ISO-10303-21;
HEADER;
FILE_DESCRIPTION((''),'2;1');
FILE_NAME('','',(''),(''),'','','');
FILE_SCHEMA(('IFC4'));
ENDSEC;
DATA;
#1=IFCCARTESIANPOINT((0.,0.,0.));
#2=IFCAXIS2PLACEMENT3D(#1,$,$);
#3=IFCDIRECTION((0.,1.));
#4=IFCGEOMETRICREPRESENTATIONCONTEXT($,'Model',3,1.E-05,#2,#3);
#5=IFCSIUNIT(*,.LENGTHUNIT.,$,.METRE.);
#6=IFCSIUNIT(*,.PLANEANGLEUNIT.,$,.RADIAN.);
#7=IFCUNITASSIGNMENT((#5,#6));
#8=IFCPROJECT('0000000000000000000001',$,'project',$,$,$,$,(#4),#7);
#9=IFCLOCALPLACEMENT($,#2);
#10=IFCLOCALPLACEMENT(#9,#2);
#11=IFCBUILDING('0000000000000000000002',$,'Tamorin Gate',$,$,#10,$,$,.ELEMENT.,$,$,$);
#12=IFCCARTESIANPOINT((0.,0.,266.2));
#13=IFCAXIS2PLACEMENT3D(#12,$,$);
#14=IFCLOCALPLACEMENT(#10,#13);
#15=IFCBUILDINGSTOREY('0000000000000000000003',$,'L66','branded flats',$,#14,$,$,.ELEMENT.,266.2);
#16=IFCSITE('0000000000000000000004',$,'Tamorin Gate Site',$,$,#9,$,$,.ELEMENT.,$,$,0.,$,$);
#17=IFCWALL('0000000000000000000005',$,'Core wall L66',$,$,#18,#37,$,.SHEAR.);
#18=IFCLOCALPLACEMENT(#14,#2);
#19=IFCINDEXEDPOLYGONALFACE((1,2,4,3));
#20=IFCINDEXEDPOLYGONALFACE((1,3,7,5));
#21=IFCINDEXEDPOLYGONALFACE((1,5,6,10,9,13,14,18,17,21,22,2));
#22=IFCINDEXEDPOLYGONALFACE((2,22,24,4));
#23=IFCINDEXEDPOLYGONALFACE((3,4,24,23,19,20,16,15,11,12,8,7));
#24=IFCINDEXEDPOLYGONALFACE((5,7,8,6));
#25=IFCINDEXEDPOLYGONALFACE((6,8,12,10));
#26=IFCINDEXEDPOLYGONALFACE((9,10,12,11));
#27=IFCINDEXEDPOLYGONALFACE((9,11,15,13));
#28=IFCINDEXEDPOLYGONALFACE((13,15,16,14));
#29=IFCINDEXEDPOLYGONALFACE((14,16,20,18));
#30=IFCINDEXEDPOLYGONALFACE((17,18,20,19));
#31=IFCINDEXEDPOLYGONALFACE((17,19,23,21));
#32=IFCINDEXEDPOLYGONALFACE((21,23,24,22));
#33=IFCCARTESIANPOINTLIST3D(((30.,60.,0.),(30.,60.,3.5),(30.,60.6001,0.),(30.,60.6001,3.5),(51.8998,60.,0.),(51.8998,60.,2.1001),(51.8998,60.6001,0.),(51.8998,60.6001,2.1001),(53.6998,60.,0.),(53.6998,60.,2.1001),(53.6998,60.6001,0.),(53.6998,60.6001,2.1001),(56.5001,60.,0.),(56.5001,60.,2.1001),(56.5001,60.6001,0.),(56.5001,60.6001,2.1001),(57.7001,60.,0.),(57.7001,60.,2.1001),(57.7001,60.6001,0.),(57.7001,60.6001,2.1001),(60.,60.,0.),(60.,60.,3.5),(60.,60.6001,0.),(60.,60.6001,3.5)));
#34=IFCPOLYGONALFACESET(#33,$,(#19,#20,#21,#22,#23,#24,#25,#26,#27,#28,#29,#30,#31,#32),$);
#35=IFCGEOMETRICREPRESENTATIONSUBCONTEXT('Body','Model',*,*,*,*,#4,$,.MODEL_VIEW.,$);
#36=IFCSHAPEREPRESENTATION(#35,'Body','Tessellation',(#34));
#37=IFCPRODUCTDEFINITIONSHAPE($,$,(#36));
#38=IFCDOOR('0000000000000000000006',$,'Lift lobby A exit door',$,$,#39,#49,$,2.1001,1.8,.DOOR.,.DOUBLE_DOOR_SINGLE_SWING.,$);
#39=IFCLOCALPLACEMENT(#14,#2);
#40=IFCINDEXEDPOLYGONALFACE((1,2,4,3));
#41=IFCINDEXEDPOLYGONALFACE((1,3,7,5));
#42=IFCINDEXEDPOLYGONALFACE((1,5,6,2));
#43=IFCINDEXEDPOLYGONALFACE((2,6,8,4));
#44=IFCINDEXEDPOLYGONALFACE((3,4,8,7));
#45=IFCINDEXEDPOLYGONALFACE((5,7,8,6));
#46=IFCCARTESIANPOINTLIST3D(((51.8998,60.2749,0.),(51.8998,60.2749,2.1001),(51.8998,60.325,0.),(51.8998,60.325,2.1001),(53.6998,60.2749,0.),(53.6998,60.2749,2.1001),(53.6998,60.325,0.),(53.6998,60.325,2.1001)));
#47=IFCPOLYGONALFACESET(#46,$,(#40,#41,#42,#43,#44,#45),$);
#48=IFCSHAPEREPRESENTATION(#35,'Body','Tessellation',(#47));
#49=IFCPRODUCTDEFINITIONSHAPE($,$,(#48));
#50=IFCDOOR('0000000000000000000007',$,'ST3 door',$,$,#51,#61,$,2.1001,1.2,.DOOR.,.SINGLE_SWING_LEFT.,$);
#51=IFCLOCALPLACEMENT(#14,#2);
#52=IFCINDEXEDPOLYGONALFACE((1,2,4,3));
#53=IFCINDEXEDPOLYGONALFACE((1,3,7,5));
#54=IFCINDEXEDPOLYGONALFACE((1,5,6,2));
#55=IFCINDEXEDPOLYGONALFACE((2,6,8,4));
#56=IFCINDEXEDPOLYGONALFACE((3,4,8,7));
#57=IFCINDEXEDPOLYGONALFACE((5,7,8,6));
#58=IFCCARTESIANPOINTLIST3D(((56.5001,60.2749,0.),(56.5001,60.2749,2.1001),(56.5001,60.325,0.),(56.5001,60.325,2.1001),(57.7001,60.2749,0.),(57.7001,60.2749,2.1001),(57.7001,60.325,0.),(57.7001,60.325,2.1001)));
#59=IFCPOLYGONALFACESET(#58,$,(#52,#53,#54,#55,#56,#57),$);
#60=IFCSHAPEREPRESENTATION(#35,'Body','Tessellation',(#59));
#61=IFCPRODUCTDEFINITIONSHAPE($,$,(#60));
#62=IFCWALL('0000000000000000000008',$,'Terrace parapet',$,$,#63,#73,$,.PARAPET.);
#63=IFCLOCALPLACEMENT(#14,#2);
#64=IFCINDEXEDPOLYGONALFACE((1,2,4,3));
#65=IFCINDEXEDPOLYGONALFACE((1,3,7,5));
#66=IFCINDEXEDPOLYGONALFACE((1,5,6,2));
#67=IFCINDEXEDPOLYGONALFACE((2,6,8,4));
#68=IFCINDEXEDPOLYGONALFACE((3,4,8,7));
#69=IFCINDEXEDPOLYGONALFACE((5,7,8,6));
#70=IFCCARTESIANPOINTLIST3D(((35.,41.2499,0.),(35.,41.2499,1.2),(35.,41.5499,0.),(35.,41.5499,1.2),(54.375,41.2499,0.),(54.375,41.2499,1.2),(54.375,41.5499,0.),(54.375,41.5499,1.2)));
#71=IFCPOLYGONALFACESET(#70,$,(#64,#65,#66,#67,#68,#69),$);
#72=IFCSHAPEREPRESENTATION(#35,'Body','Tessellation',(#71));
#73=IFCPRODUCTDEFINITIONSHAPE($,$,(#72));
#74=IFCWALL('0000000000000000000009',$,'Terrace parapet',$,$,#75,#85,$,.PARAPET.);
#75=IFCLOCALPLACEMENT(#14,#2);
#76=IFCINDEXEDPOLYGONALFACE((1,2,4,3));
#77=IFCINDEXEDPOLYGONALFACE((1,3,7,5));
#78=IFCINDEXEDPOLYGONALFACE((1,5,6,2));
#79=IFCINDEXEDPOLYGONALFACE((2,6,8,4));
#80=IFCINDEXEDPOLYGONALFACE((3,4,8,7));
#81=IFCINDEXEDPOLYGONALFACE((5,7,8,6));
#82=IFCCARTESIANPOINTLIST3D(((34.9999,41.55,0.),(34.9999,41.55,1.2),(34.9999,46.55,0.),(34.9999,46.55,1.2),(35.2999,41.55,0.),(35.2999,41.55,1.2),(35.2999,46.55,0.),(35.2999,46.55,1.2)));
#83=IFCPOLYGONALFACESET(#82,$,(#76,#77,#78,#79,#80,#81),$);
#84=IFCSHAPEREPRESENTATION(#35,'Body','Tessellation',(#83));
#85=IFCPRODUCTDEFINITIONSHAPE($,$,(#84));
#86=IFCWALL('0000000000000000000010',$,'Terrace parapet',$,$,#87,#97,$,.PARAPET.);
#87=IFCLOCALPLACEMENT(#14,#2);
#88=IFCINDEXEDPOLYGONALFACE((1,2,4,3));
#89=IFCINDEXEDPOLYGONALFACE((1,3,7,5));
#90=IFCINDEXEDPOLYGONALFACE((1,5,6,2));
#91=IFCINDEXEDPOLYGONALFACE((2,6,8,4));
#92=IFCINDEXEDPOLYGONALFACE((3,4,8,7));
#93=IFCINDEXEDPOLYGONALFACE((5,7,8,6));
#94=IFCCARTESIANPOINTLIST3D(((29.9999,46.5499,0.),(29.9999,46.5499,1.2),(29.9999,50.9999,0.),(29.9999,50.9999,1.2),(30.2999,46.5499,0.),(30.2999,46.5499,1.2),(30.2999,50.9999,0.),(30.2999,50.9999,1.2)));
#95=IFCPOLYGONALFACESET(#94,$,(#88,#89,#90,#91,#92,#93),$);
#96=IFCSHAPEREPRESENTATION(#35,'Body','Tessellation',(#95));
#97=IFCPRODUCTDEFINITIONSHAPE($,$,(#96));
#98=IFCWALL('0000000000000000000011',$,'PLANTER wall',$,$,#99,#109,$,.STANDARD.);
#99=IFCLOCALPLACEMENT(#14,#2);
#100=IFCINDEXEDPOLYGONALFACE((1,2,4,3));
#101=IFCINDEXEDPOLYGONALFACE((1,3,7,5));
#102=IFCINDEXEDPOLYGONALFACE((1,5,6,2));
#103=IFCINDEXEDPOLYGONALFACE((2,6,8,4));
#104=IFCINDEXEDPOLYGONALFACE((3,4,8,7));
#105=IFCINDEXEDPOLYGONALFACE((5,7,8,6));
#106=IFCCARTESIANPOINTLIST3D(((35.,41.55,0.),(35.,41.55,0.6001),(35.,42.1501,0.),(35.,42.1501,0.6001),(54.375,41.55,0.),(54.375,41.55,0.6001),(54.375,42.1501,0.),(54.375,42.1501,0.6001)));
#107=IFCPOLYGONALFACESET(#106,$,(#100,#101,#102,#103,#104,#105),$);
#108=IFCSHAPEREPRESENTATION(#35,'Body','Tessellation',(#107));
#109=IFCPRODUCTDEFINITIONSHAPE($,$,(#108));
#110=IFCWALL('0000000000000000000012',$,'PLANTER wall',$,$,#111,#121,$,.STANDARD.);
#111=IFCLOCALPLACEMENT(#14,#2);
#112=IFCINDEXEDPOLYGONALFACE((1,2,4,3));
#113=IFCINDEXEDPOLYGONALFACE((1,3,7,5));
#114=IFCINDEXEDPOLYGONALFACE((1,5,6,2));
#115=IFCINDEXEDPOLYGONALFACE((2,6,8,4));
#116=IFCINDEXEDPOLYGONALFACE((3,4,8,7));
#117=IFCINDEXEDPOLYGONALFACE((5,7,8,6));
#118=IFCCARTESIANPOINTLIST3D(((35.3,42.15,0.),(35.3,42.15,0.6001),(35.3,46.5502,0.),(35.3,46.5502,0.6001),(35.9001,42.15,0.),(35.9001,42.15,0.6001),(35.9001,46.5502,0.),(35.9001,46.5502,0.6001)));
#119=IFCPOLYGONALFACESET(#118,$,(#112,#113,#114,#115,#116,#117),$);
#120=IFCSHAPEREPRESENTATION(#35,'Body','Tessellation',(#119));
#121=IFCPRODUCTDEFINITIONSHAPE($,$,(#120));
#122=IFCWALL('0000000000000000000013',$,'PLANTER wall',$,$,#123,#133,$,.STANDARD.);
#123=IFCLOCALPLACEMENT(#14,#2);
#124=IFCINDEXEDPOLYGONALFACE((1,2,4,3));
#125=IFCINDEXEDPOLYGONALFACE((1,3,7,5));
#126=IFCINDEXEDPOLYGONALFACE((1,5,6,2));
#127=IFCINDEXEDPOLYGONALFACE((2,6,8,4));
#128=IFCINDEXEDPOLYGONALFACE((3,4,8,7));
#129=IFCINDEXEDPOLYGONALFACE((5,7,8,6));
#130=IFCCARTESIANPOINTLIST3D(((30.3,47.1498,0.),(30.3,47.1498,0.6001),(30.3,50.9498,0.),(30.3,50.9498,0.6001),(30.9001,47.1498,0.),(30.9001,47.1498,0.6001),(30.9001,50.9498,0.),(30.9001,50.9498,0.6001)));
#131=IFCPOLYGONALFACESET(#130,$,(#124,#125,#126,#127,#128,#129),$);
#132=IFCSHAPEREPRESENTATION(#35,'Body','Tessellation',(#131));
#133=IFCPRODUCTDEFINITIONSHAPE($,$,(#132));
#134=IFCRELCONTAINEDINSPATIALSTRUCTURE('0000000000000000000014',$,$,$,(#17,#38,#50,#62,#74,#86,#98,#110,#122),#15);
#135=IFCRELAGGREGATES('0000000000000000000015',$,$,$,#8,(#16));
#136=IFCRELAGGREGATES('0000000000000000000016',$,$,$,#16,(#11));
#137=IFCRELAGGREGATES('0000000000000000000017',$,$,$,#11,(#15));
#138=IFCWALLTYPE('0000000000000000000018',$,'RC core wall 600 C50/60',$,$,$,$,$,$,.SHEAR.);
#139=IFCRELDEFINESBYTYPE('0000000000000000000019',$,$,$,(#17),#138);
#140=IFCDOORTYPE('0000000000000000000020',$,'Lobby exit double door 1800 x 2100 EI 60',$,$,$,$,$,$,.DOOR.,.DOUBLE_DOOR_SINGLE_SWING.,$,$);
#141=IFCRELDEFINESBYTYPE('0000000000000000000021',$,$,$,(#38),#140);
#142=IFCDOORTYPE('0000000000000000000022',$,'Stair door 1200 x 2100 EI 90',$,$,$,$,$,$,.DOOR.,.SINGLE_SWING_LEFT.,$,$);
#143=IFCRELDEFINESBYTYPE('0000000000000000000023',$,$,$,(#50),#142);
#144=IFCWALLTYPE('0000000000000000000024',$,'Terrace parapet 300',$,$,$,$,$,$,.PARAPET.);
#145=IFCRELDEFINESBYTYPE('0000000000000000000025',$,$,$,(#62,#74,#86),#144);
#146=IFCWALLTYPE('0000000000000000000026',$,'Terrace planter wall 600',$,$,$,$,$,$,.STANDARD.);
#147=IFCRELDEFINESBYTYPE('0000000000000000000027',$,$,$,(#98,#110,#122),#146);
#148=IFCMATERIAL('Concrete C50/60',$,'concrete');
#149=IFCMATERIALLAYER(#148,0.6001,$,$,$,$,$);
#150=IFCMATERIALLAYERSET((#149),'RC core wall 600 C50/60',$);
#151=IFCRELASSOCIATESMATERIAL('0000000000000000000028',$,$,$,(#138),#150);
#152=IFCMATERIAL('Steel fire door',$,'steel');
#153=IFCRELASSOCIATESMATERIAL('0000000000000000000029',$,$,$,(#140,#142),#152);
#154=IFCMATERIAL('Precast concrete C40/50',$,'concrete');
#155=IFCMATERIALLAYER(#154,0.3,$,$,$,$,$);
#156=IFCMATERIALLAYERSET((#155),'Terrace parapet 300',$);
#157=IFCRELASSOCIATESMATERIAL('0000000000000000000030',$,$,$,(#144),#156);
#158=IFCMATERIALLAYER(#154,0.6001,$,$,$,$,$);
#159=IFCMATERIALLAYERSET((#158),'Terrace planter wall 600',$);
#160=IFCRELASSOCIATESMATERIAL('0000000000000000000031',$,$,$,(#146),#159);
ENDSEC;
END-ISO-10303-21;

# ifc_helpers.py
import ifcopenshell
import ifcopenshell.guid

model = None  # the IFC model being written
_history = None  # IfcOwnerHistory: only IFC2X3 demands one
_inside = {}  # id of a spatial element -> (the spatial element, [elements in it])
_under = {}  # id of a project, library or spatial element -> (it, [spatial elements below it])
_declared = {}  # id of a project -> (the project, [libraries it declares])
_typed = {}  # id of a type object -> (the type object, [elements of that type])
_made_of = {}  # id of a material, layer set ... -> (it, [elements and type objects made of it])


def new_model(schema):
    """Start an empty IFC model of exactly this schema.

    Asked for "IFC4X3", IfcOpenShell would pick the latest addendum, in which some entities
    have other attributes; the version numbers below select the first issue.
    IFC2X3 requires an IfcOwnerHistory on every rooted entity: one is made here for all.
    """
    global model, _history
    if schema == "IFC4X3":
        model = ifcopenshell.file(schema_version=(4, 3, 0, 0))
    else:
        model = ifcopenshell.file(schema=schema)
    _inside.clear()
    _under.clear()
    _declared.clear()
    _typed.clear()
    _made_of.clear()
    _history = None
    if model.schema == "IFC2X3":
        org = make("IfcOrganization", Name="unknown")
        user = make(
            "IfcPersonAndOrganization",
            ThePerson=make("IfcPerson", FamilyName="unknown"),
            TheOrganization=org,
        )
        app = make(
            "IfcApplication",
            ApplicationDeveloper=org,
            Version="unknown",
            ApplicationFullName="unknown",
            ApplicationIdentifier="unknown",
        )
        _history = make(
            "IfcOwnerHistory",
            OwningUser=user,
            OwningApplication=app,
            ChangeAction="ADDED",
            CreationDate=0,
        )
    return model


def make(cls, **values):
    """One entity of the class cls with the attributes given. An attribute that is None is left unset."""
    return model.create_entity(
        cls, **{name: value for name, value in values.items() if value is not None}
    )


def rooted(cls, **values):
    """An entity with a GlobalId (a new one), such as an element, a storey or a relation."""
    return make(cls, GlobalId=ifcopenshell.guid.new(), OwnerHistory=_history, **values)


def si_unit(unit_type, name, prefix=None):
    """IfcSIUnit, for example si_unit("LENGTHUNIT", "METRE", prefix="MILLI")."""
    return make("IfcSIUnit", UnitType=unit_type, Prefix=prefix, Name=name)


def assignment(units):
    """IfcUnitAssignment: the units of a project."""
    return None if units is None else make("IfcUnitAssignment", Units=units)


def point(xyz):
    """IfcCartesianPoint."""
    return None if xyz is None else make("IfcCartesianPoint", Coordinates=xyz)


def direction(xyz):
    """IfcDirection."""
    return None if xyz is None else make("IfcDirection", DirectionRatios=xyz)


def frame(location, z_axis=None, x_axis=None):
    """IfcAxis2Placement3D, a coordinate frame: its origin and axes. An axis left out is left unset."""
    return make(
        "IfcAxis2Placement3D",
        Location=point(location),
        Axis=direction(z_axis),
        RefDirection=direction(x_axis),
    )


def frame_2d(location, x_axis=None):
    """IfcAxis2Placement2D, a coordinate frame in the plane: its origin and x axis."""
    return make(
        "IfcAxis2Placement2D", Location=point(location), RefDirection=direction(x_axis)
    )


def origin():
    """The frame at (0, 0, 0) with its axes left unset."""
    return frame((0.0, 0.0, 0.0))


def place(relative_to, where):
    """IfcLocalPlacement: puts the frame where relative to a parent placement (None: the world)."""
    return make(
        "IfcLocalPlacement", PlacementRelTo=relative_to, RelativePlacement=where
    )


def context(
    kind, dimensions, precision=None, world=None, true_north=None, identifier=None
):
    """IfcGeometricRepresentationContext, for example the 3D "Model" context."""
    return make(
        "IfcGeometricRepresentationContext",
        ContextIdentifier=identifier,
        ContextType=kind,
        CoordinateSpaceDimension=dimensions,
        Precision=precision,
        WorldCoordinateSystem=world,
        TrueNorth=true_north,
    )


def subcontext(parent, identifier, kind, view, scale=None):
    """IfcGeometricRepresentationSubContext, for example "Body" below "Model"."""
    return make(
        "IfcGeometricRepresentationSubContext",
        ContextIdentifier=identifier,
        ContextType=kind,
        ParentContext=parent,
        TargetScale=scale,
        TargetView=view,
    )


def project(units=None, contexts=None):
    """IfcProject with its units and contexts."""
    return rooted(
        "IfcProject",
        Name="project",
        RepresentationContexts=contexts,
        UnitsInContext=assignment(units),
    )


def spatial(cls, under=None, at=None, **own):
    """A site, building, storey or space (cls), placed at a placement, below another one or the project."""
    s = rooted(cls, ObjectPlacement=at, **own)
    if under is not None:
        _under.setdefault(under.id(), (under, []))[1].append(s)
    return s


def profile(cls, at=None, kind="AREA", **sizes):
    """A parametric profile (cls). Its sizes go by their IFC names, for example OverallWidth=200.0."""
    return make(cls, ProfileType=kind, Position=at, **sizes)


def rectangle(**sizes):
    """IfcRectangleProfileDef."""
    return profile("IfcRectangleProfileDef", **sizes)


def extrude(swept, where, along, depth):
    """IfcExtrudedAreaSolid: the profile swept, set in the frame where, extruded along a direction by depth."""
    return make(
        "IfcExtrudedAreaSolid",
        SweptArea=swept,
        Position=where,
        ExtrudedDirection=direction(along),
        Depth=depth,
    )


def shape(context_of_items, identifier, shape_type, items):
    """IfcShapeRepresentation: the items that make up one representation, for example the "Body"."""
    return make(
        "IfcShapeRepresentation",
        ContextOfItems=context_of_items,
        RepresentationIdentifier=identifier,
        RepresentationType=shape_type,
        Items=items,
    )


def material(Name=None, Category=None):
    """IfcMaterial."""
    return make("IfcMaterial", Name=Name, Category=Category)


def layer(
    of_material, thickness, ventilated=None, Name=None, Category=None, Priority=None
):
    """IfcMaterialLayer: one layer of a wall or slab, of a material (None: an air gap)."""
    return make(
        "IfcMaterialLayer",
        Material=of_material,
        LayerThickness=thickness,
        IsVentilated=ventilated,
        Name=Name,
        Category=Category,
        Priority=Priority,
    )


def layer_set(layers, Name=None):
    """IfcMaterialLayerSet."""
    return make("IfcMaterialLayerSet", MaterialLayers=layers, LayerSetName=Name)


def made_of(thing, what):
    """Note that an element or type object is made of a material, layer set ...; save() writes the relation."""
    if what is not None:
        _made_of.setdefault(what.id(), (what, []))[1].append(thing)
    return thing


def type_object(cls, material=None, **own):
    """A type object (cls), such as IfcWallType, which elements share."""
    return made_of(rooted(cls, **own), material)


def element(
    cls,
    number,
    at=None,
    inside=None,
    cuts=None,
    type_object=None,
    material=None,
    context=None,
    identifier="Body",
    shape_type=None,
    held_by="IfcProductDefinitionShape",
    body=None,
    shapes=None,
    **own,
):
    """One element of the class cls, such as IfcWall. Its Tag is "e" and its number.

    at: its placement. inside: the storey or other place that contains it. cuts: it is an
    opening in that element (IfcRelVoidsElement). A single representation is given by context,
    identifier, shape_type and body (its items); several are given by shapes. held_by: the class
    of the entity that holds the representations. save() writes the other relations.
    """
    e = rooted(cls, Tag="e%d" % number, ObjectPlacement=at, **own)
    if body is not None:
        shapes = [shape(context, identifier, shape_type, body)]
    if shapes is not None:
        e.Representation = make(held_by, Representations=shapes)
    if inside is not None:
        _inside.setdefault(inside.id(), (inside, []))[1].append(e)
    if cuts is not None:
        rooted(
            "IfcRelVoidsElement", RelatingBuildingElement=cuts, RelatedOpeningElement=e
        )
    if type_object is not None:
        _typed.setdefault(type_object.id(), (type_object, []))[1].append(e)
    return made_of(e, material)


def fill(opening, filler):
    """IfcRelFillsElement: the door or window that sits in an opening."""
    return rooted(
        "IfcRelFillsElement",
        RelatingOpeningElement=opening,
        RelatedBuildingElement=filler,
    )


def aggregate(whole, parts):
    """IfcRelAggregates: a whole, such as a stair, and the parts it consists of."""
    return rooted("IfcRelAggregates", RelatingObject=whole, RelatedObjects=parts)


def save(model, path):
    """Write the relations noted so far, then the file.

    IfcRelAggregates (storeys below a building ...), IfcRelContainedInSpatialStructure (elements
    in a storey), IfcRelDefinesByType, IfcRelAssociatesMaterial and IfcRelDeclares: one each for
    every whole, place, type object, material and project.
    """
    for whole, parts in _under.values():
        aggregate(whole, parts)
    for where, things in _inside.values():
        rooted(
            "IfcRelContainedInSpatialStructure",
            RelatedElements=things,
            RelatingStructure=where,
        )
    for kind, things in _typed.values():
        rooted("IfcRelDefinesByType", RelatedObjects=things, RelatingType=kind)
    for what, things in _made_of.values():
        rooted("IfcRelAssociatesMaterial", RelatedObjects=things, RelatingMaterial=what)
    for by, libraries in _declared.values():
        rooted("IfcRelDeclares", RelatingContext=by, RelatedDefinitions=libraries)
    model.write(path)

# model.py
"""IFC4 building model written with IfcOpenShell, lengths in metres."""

from ifc_helpers import new_model, si_unit, direction, frame, frame_2d, origin, place, context, subcontext, project, spatial, rectangle, extrude, material, layer, layer_set, type_object, element, fill, save


model = new_model("IFC4")

# Units and contexts
model_context = context("Model", 3, precision=1e-05, world=origin(), true_north=direction((0.0, 1.0)))
body_context = subcontext(model_context, "Body", "Model", "MODEL_VIEW")
ifc_project = project(units=[si_unit("LENGTHUNIT", "METRE"), si_unit("PLANEANGLEUNIT", "RADIAN")], contexts=[model_context])

# Site, building, storey
site_placement = place(None, origin())
site = spatial("IfcSite", under=ifc_project, at=site_placement, Name="Tamorin Gate Site", CompositionType="ELEMENT", RefElevation=0.0)
building_placement = place(site_placement, origin())
building = spatial("IfcBuilding", under=site, at=building_placement, Name="Tamorin Gate", CompositionType="ELEMENT")
storey_placement = place(building_placement, frame((0.0, 0.0, 266.2)))
storey = spatial("IfcBuildingStorey", under=building, at=storey_placement, Name="L66", Description="branded flats", CompositionType="ELEMENT", Elevation=266.2)

# Shared definitions
ifc_material_1 = material(Name="Concrete C50/60", Category="concrete")

# Shared definitions
ifc_material_2 = material(Name="Precast concrete C40/50", Category="concrete")

# Wall, openings, doors
ifc_layer_1 = layer(ifc_material_1, 0.6001)
ifc_layer_set_1 = layer_set([ifc_layer_1], Name="RC core wall 600 C50/60")
wall_type_1 = type_object("IfcWallType", Name="RC core wall 600 C50/60", PredefinedType="SHEAR", material=ifc_layer_set_1)
wall_1_placement = place(storey_placement, frame((30.0, 60.3, 0.0), z_axis=(0.0, 0.0, 1.0), x_axis=(1.0, 0.0, 0.0)))
wall_1 = element("IfcWall", 1, at=wall_1_placement, inside=storey, type_object=wall_type_1, Name="Core wall L66", PredefinedType="SHEAR", context=body_context, shape_type="SweptSolid", body=[
    extrude(rectangle(XDim=30.0, YDim=0.6001, at=frame_2d((15.0, 0.0))), origin(), (0.0, 0.0, 1.0), 3.5),
])
opening_1_placement = place(wall_1_placement, frame((21.8999, 0.0, 0.0)))
opening_1 = element("IfcOpeningElement", 2, at=opening_1_placement, cuts=wall_1, PredefinedType="OPENING", context=body_context, shape_type="SweptSolid", body=[
    extrude(rectangle(XDim=1.8, YDim=2.1001, at=frame_2d((0.8999, 1.05))), frame((0.0, 0.3101, 0.0), z_axis=(0.0, -1.0, 0.0), x_axis=(1.0, 0.0, 0.0)), (0.0, 0.0, 1.0), 0.6201),
])
opening_2_placement = place(wall_1_placement, frame((26.5, 0.0, 0.0)))
opening_2 = element("IfcOpeningElement", 3, at=opening_2_placement, cuts=wall_1, PredefinedType="OPENING", context=body_context, shape_type="SweptSolid", body=[
    extrude(rectangle(XDim=1.2, YDim=2.1001, at=frame_2d((0.6001, 1.05))), frame((0.0, 0.3101, 0.0), z_axis=(0.0, -1.0, 0.0), x_axis=(1.0, 0.0, 0.0)), (0.0, 0.0, 1.0), 0.6201),
])
ifc_material_3 = material(Name="Steel fire door", Category="steel")
door_type_1 = type_object("IfcDoorType", Name="Lobby exit double door 1800 x 2100 EI 60", OperationType="DOUBLE_DOOR_SINGLE_SWING", PredefinedType="DOOR", material=ifc_material_3)
door_1_placement = place(opening_1_placement, origin())
door_1 = element("IfcDoor", 4, at=door_1_placement, inside=storey, type_object=door_type_1, Name="Lift lobby A exit door", OperationType="DOUBLE_DOOR_SINGLE_SWING", OverallHeight=2.1001, OverallWidth=1.8, PredefinedType="DOOR", context=body_context, shape_type="SweptSolid", body=[
    extrude(rectangle(XDim=1.8, YDim=2.1001, at=frame_2d((0.8999, 1.05))), frame((0.0, 0.0249, 0.0), z_axis=(0.0, -1.0, 0.0), x_axis=(1.0, 0.0, 0.0)), (0.0, 0.0, 1.0), 0.05),
])
fill(opening_1, door_1)
door_type_2 = type_object("IfcDoorType", Name="Stair door 1200 x 2100 EI 90", OperationType="SINGLE_SWING_LEFT", PredefinedType="DOOR", material=ifc_material_3)
door_2_placement = place(opening_2_placement, origin())
door_2 = element("IfcDoor", 5, at=door_2_placement, inside=storey, type_object=door_type_2, Name="ST3 door", OperationType="SINGLE_SWING_LEFT", OverallHeight=2.1001, OverallWidth=1.2, PredefinedType="DOOR", context=body_context, shape_type="SweptSolid", body=[
    extrude(rectangle(XDim=1.2, YDim=2.1001, at=frame_2d((0.6001, 1.05))), frame((0.0, 0.0249, 0.0), z_axis=(0.0, -1.0, 0.0), x_axis=(1.0, 0.0, 0.0)), (0.0, 0.0, 1.0), 0.05),
])
fill(opening_2, door_2)

# Walls
ifc_layer_2 = layer(ifc_material_2, 0.3)
ifc_layer_set_2 = layer_set([ifc_layer_2], Name="Terrace parapet 300")
wall_type_2 = type_object("IfcWallType", Name="Terrace parapet 300", PredefinedType="PARAPET", material=ifc_layer_set_2)
wall_2_placement = place(storey_placement, frame((35.0, 41.3999, 0.0), z_axis=(0.0, 0.0, 1.0), x_axis=(1.0, 0.0, 0.0)))
element("IfcWall", 6, at=wall_2_placement, inside=storey, type_object=wall_type_2, Name="Terrace parapet", PredefinedType="PARAPET", context=body_context, shape_type="SweptSolid", body=[
    extrude(rectangle(XDim=19.375, YDim=0.3, at=frame_2d((9.6875, 0.0))), origin(), (0.0, 0.0, 1.0), 1.2),
])
wall_3_placement = place(storey_placement, frame((35.1499, 41.55, 0.0), z_axis=(0.0, 0.0, 1.0), x_axis=(0.0, 1.0, 0.0)))
element("IfcWall", 7, at=wall_3_placement, inside=storey, type_object=wall_type_2, Name="Terrace parapet", PredefinedType="PARAPET", context=body_context, shape_type="SweptSolid", body=[
    extrude(rectangle(XDim=5.0, YDim=0.3, at=frame_2d((2.5, 0.0))), origin(), (0.0, 0.0, 1.0), 1.2),
])
wall_4_placement = place(storey_placement, frame((30.1499, 51.0, 0.0), z_axis=(0.0, 0.0, 1.0), x_axis=(0.0, -1.0, 0.0)))
element("IfcWall", 8, at=wall_4_placement, inside=storey, type_object=wall_type_2, Name="Terrace parapet", PredefinedType="PARAPET", context=body_context, shape_type="SweptSolid", body=[
    extrude(rectangle(XDim=4.45, YDim=0.3, at=frame_2d((2.2251, 0.0))), origin(), (0.0, 0.0, 1.0), 1.2),
])
ifc_layer_3 = layer(ifc_material_2, 0.6001)
ifc_layer_set_3 = layer_set([ifc_layer_3], Name="Terrace planter wall 600")
wall_type_3 = type_object("IfcWallType", Name="Terrace planter wall 600", PredefinedType="STANDARD", material=ifc_layer_set_3)
wall_5_placement = place(storey_placement, frame((35.0, 41.8501, 0.0), z_axis=(0.0, 0.0, 1.0), x_axis=(1.0, 0.0, 0.0)))
element("IfcWall", 9, at=wall_5_placement, inside=storey, type_object=wall_type_3, Name="PLANTER wall", PredefinedType="STANDARD", context=body_context, shape_type="SweptSolid", body=[
    extrude(rectangle(XDim=19.375, YDim=0.6001, at=frame_2d((9.6875, 0.0))), origin(), (0.0, 0.0, 1.0), 0.6001),
])
wall_6_placement = place(storey_placement, frame((35.6001, 42.1499, 0.0), z_axis=(0.0, 0.0, 1.0), x_axis=(0.0, 1.0, 0.0)))
element("IfcWall", 10, at=wall_6_placement, inside=storey, type_object=wall_type_3, Name="PLANTER wall", PredefinedType="STANDARD", context=body_context, shape_type="SweptSolid", body=[
    extrude(rectangle(XDim=4.4001, YDim=0.6001, at=frame_2d((2.2002, 0.0))), origin(), (0.0, 0.0, 1.0), 0.6001),
])
wall_7_placement = place(storey_placement, frame((30.6001, 47.1499, 0.0), z_axis=(0.0, 0.0, 1.0), x_axis=(0.0, 1.0, 0.0)))
element("IfcWall", 11, at=wall_7_placement, inside=storey, type_object=wall_type_3, Name="PLANTER wall", PredefinedType="STANDARD", context=body_context, shape_type="SweptSolid", body=[
    extrude(rectangle(XDim=3.8, YDim=0.6001, at=frame_2d((1.8999, 0.0))), origin(), (0.0, 0.0, 1.0), 0.6001),
])

save(model, "model.ifc")
